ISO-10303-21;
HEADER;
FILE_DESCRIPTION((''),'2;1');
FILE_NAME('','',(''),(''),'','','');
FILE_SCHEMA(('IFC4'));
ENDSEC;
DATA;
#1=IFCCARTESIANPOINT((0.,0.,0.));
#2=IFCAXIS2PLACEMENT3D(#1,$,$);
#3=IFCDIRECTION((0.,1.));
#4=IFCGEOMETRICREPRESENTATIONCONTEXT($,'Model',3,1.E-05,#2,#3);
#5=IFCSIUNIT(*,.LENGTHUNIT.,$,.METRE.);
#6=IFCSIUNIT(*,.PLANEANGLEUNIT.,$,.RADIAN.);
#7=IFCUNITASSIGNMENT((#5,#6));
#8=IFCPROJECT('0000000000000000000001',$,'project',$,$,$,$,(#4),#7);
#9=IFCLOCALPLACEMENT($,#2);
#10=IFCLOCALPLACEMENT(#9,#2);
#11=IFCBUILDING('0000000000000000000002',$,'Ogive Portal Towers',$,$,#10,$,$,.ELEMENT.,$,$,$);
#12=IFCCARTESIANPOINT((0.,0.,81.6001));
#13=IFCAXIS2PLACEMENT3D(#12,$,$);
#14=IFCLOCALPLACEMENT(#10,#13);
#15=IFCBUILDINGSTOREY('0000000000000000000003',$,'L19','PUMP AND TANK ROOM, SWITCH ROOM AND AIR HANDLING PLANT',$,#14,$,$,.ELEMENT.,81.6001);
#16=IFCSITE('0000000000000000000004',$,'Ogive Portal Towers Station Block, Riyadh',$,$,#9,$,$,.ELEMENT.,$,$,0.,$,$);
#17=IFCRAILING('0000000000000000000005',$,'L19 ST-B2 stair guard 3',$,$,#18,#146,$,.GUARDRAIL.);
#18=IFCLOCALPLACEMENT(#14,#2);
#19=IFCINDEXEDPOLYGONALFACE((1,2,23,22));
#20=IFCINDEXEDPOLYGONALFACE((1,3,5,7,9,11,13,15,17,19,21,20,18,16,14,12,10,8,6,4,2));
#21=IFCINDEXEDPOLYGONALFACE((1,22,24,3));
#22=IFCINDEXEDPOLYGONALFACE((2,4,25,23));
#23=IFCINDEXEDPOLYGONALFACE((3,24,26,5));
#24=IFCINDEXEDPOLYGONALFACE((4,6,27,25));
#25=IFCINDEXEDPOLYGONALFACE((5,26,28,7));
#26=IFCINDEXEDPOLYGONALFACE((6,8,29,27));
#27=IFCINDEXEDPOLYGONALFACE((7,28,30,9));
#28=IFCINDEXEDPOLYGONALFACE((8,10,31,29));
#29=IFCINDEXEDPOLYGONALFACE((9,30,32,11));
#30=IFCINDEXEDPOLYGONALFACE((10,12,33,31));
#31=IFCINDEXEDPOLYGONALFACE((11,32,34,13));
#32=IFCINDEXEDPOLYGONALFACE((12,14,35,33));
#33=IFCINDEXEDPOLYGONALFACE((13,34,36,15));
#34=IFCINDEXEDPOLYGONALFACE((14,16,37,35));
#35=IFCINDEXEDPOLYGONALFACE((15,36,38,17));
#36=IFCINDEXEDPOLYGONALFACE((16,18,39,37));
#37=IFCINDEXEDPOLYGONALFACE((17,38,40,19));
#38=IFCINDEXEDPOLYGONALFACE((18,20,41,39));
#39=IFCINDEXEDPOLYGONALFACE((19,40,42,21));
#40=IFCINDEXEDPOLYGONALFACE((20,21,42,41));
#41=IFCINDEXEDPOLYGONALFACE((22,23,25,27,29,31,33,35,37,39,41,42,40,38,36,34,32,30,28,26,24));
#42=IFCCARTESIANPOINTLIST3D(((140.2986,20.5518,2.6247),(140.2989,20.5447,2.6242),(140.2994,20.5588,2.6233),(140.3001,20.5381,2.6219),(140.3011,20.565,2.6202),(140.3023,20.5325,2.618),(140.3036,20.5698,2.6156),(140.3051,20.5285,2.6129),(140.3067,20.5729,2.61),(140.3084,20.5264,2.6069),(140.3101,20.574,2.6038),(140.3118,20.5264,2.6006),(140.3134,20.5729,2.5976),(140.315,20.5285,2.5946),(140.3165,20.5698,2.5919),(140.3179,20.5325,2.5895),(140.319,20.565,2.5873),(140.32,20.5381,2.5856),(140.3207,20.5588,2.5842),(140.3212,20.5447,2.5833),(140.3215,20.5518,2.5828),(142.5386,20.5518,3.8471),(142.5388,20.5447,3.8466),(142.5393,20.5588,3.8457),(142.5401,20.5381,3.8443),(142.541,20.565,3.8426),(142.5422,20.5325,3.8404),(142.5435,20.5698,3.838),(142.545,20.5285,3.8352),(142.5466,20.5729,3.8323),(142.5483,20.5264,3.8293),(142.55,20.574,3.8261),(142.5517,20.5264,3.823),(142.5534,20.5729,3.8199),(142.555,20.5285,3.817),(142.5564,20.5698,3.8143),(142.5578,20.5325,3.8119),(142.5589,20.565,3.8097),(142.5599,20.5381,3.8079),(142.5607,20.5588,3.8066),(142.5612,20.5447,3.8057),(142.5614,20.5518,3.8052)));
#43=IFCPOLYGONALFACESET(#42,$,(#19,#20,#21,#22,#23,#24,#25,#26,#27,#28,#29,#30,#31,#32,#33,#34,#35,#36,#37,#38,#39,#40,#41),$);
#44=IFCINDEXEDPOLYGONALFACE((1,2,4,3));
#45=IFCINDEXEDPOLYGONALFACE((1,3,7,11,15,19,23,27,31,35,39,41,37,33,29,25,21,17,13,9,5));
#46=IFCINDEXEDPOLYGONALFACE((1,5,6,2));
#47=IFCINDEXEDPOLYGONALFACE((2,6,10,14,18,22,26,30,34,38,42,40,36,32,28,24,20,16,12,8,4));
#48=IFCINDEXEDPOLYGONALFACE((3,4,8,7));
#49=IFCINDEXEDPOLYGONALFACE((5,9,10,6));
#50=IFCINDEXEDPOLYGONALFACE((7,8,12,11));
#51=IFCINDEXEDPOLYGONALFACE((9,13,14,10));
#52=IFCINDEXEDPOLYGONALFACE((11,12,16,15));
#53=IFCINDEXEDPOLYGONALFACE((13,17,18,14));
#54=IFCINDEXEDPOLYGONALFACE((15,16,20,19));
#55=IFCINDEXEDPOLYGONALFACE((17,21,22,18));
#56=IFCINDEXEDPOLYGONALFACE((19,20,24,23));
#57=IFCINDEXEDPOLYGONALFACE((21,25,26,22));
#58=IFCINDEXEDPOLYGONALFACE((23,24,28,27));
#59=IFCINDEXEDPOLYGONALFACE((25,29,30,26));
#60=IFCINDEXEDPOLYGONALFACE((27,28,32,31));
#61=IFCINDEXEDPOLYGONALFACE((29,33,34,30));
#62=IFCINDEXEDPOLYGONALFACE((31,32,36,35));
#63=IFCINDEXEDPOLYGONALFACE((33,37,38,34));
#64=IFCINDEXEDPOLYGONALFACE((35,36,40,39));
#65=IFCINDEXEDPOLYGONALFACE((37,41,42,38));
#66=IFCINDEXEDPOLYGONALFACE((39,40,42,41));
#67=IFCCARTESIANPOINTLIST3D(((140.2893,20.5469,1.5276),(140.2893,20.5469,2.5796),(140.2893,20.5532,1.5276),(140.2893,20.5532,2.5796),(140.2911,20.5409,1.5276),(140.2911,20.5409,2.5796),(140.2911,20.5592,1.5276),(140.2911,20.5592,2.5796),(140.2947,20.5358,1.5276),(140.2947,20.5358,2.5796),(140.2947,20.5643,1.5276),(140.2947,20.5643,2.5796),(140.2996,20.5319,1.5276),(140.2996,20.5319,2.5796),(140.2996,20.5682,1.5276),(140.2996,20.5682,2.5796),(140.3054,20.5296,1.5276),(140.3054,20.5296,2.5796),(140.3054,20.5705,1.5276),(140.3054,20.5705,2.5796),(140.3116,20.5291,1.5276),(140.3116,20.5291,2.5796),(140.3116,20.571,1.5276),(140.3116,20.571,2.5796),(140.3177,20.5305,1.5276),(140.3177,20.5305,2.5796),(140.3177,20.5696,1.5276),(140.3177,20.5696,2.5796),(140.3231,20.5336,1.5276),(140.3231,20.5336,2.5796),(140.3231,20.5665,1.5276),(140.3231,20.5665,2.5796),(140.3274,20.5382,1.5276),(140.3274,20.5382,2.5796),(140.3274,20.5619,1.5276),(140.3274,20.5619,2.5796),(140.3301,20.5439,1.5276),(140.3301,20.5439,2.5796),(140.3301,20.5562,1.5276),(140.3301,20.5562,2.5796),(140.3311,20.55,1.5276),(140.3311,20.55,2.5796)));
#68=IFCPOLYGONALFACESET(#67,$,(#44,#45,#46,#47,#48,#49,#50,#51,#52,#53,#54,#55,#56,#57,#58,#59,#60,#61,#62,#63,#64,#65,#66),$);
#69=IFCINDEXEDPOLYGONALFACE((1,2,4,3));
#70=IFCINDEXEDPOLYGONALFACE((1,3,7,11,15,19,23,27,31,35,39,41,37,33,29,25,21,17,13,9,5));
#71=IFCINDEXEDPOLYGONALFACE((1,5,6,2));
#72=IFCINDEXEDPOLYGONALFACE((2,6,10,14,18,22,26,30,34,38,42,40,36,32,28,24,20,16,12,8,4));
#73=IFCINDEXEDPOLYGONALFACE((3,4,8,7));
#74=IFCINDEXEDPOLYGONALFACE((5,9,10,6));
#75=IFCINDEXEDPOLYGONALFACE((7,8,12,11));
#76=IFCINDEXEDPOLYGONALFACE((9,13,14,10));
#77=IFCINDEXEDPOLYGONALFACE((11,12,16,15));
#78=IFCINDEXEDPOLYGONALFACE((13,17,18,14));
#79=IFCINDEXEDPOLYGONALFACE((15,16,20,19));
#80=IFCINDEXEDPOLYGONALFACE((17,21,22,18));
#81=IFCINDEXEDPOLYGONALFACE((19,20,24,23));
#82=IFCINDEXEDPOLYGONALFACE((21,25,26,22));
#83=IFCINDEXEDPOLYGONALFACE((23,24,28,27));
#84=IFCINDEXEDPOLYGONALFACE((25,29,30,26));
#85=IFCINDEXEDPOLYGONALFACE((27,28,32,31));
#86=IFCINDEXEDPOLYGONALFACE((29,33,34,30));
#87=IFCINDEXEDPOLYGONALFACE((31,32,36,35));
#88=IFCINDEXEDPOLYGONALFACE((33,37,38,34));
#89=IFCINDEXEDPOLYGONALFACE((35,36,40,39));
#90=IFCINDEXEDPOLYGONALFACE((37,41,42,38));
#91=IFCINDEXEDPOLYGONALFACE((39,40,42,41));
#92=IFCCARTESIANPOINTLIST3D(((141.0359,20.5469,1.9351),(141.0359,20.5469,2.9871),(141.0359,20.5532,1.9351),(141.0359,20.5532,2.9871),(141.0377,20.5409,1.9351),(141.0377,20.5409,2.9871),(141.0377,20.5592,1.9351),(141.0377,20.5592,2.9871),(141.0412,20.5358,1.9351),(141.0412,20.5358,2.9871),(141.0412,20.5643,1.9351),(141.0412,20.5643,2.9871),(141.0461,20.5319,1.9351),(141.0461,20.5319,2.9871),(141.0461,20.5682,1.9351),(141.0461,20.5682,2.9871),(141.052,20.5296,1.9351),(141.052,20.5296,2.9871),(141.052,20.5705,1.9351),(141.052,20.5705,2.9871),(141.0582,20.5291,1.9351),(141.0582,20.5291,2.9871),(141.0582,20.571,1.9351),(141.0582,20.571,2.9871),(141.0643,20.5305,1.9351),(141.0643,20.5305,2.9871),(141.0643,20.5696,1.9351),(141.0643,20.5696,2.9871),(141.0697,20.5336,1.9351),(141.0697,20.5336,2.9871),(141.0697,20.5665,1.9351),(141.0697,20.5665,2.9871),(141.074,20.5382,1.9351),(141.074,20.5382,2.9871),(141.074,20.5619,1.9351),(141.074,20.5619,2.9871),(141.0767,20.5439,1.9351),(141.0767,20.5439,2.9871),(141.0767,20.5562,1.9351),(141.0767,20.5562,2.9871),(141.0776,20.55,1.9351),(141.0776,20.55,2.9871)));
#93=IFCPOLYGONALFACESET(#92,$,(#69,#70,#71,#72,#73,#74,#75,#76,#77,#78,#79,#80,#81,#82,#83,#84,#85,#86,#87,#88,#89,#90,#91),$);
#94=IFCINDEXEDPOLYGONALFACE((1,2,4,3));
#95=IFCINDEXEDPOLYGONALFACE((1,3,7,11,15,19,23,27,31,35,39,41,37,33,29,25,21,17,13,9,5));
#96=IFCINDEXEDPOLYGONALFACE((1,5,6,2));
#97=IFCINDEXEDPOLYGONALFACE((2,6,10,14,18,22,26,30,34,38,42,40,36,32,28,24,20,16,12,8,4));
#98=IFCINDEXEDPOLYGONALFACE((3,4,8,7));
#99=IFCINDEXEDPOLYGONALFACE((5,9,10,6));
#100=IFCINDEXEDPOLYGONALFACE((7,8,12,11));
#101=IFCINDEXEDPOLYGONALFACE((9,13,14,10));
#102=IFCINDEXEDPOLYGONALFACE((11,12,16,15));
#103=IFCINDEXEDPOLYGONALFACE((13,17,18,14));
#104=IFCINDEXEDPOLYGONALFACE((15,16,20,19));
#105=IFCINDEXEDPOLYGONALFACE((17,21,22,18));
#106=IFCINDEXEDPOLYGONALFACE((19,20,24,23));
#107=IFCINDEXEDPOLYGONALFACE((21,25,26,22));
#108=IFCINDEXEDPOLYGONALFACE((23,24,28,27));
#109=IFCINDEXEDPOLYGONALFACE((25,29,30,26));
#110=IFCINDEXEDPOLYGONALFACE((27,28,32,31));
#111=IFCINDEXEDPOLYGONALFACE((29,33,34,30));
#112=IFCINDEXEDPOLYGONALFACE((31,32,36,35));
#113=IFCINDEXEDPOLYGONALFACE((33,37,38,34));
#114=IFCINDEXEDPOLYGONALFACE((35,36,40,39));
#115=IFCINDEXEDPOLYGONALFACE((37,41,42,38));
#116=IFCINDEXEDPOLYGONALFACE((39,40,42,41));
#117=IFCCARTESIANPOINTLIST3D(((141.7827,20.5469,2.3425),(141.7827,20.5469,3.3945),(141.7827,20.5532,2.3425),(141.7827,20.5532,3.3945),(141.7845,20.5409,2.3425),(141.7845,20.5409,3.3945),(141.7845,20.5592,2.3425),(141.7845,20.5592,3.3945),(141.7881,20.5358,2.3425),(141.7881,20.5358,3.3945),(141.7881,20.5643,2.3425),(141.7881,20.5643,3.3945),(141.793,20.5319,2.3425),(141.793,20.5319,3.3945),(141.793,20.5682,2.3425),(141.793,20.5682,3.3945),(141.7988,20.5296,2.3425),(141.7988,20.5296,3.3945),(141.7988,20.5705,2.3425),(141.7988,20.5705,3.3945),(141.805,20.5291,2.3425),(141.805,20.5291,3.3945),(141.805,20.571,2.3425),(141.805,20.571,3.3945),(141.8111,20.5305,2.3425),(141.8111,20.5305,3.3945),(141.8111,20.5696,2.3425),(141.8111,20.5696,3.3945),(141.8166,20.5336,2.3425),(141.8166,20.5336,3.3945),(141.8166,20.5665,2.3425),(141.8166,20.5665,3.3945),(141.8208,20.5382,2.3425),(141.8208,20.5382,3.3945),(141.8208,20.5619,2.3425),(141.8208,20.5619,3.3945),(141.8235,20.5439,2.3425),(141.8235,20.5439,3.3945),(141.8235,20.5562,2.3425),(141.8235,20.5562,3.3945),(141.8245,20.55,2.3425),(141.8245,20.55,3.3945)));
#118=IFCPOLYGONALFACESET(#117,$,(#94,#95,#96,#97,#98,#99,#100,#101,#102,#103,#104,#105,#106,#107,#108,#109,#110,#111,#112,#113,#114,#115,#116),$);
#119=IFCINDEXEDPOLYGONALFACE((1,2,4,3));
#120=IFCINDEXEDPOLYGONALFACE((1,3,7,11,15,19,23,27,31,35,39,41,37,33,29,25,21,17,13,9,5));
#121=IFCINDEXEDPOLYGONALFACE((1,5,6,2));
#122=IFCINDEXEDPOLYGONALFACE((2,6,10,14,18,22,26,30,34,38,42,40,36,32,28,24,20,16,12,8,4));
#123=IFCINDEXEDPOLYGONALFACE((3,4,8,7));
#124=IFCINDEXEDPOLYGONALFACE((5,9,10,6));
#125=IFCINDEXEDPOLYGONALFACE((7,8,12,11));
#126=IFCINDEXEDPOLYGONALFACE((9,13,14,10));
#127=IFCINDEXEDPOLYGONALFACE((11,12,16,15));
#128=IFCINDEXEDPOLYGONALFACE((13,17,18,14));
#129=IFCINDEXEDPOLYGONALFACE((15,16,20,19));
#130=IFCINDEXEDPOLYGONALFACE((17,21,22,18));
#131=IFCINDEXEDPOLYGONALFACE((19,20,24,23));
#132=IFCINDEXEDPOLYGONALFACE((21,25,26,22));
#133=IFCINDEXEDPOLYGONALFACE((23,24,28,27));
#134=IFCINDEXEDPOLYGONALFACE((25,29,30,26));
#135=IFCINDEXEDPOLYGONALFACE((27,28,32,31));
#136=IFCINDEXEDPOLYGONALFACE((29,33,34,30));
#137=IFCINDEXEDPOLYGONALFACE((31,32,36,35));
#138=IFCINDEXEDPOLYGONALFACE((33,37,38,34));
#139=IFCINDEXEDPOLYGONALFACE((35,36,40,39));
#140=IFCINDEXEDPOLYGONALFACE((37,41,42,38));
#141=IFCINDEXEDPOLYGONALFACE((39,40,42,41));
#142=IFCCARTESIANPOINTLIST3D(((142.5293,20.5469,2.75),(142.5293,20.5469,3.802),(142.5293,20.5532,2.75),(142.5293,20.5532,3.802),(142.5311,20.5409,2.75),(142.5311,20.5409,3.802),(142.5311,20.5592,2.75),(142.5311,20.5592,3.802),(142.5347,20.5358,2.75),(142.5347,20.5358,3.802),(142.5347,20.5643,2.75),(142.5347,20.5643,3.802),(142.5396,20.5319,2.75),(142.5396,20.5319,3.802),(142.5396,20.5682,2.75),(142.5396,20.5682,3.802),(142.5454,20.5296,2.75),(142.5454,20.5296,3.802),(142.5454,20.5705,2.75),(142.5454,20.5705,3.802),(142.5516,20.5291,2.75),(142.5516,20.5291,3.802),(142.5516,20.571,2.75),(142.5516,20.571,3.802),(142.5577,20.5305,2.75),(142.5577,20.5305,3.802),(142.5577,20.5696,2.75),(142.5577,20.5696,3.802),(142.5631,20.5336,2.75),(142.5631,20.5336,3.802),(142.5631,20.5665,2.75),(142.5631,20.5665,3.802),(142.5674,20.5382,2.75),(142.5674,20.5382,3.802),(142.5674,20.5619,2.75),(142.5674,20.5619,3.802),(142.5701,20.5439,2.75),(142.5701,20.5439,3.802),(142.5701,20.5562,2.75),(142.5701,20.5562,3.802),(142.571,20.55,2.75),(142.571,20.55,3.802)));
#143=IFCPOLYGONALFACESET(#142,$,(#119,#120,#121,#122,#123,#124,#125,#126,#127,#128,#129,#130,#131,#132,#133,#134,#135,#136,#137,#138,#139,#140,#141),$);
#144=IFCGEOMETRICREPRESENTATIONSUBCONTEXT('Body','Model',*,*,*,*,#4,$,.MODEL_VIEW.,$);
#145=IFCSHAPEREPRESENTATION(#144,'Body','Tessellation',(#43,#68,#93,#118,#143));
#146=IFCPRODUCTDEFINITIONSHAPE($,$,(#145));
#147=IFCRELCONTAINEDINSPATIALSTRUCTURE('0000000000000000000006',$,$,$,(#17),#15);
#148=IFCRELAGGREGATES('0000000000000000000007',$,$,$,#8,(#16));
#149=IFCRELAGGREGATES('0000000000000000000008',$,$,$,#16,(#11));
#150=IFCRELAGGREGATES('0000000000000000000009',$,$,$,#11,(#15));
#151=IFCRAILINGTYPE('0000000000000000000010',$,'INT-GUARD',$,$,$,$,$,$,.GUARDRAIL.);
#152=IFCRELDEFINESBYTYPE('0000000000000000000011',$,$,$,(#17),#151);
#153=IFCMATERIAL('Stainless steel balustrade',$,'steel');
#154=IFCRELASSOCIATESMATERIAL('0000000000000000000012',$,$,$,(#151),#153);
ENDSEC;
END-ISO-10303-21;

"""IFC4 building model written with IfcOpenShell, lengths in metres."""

from ifc_helpers import new_model, si_unit, direction, frame, origin, origin_2d, place, context, subcontext, project, spatial, circle, extrude, material, type_object, element, save


model = new_model("IFC4")

# Units and contexts
model_context = context("Model", 3, precision=1e-05, world=origin(), true_north=direction((0.0, 1.0)))
body_context = subcontext(model_context, "Body", "Model", "MODEL_VIEW")
ifc_project = project(units=[si_unit("LENGTHUNIT", "METRE"), si_unit("PLANEANGLEUNIT", "RADIAN")], contexts=[model_context])

# Site, building, storey
site_placement = place(None, origin())
site = spatial("IfcSite", under=ifc_project, at=site_placement, Name="Ogive Portal Towers Station Block, Riyadh", CompositionType="ELEMENT", RefElevation=0.0)
building_placement = place(site_placement, origin())
building = spatial("IfcBuilding", under=site, at=building_placement, Name="Ogive Portal Towers", CompositionType="ELEMENT")
storey_placement = place(building_placement, frame((0.0, 0.0, 81.6001)))
storey = spatial("IfcBuildingStorey", under=building, at=storey_placement, Name="L19", Description="PUMP AND TANK ROOM, SWITCH ROOM AND AIR HANDLING PLANT", CompositionType="ELEMENT", Elevation=81.6001)

# Railing
ifc_material_1 = material(Name="Stainless steel balustrade", Category="steel")
railing_type_1 = type_object("IfcRailingType", Name="INT-GUARD", PredefinedType="GUARDRAIL", material=ifc_material_1)
railing_1_placement = place(storey_placement, frame((140.3101, 20.55, 1.5276)))
element("IfcRailing", 1, at=railing_1_placement, inside=storey, type_object=railing_type_1, Name="L19 ST-B2 stair guard 3", PredefinedType="GUARDRAIL", context=body_context, shape_type="SweptSolid", body=[
    extrude(circle(Radius=0.0239, at=origin_2d()), frame((0.0, 0.0, 1.0762), z_axis=(0.877797, 0.0, 0.479033), x_axis=(0.0, 1.0, 0.0)), (0.0, 0.0, 1.0), 2.5518),
    extrude(circle(Radius=0.021, at=origin_2d()), origin(), (0.0, 0.0, 1.0), 1.052),
    extrude(circle(Radius=0.021, at=origin_2d()), frame((0.7466, 0.0, 0.4075)), (0.0, 0.0, 1.0), 1.052),
    extrude(circle(Radius=0.021, at=origin_2d()), frame((1.4934, 0.0, 0.8149)), (0.0, 0.0, 1.0), 1.052),
    extrude(circle(Radius=0.021, at=origin_2d()), frame((2.24, 0.0, 1.2224)), (0.0, 0.0, 1.0), 1.052),
])

save(model, "model.ifc")
